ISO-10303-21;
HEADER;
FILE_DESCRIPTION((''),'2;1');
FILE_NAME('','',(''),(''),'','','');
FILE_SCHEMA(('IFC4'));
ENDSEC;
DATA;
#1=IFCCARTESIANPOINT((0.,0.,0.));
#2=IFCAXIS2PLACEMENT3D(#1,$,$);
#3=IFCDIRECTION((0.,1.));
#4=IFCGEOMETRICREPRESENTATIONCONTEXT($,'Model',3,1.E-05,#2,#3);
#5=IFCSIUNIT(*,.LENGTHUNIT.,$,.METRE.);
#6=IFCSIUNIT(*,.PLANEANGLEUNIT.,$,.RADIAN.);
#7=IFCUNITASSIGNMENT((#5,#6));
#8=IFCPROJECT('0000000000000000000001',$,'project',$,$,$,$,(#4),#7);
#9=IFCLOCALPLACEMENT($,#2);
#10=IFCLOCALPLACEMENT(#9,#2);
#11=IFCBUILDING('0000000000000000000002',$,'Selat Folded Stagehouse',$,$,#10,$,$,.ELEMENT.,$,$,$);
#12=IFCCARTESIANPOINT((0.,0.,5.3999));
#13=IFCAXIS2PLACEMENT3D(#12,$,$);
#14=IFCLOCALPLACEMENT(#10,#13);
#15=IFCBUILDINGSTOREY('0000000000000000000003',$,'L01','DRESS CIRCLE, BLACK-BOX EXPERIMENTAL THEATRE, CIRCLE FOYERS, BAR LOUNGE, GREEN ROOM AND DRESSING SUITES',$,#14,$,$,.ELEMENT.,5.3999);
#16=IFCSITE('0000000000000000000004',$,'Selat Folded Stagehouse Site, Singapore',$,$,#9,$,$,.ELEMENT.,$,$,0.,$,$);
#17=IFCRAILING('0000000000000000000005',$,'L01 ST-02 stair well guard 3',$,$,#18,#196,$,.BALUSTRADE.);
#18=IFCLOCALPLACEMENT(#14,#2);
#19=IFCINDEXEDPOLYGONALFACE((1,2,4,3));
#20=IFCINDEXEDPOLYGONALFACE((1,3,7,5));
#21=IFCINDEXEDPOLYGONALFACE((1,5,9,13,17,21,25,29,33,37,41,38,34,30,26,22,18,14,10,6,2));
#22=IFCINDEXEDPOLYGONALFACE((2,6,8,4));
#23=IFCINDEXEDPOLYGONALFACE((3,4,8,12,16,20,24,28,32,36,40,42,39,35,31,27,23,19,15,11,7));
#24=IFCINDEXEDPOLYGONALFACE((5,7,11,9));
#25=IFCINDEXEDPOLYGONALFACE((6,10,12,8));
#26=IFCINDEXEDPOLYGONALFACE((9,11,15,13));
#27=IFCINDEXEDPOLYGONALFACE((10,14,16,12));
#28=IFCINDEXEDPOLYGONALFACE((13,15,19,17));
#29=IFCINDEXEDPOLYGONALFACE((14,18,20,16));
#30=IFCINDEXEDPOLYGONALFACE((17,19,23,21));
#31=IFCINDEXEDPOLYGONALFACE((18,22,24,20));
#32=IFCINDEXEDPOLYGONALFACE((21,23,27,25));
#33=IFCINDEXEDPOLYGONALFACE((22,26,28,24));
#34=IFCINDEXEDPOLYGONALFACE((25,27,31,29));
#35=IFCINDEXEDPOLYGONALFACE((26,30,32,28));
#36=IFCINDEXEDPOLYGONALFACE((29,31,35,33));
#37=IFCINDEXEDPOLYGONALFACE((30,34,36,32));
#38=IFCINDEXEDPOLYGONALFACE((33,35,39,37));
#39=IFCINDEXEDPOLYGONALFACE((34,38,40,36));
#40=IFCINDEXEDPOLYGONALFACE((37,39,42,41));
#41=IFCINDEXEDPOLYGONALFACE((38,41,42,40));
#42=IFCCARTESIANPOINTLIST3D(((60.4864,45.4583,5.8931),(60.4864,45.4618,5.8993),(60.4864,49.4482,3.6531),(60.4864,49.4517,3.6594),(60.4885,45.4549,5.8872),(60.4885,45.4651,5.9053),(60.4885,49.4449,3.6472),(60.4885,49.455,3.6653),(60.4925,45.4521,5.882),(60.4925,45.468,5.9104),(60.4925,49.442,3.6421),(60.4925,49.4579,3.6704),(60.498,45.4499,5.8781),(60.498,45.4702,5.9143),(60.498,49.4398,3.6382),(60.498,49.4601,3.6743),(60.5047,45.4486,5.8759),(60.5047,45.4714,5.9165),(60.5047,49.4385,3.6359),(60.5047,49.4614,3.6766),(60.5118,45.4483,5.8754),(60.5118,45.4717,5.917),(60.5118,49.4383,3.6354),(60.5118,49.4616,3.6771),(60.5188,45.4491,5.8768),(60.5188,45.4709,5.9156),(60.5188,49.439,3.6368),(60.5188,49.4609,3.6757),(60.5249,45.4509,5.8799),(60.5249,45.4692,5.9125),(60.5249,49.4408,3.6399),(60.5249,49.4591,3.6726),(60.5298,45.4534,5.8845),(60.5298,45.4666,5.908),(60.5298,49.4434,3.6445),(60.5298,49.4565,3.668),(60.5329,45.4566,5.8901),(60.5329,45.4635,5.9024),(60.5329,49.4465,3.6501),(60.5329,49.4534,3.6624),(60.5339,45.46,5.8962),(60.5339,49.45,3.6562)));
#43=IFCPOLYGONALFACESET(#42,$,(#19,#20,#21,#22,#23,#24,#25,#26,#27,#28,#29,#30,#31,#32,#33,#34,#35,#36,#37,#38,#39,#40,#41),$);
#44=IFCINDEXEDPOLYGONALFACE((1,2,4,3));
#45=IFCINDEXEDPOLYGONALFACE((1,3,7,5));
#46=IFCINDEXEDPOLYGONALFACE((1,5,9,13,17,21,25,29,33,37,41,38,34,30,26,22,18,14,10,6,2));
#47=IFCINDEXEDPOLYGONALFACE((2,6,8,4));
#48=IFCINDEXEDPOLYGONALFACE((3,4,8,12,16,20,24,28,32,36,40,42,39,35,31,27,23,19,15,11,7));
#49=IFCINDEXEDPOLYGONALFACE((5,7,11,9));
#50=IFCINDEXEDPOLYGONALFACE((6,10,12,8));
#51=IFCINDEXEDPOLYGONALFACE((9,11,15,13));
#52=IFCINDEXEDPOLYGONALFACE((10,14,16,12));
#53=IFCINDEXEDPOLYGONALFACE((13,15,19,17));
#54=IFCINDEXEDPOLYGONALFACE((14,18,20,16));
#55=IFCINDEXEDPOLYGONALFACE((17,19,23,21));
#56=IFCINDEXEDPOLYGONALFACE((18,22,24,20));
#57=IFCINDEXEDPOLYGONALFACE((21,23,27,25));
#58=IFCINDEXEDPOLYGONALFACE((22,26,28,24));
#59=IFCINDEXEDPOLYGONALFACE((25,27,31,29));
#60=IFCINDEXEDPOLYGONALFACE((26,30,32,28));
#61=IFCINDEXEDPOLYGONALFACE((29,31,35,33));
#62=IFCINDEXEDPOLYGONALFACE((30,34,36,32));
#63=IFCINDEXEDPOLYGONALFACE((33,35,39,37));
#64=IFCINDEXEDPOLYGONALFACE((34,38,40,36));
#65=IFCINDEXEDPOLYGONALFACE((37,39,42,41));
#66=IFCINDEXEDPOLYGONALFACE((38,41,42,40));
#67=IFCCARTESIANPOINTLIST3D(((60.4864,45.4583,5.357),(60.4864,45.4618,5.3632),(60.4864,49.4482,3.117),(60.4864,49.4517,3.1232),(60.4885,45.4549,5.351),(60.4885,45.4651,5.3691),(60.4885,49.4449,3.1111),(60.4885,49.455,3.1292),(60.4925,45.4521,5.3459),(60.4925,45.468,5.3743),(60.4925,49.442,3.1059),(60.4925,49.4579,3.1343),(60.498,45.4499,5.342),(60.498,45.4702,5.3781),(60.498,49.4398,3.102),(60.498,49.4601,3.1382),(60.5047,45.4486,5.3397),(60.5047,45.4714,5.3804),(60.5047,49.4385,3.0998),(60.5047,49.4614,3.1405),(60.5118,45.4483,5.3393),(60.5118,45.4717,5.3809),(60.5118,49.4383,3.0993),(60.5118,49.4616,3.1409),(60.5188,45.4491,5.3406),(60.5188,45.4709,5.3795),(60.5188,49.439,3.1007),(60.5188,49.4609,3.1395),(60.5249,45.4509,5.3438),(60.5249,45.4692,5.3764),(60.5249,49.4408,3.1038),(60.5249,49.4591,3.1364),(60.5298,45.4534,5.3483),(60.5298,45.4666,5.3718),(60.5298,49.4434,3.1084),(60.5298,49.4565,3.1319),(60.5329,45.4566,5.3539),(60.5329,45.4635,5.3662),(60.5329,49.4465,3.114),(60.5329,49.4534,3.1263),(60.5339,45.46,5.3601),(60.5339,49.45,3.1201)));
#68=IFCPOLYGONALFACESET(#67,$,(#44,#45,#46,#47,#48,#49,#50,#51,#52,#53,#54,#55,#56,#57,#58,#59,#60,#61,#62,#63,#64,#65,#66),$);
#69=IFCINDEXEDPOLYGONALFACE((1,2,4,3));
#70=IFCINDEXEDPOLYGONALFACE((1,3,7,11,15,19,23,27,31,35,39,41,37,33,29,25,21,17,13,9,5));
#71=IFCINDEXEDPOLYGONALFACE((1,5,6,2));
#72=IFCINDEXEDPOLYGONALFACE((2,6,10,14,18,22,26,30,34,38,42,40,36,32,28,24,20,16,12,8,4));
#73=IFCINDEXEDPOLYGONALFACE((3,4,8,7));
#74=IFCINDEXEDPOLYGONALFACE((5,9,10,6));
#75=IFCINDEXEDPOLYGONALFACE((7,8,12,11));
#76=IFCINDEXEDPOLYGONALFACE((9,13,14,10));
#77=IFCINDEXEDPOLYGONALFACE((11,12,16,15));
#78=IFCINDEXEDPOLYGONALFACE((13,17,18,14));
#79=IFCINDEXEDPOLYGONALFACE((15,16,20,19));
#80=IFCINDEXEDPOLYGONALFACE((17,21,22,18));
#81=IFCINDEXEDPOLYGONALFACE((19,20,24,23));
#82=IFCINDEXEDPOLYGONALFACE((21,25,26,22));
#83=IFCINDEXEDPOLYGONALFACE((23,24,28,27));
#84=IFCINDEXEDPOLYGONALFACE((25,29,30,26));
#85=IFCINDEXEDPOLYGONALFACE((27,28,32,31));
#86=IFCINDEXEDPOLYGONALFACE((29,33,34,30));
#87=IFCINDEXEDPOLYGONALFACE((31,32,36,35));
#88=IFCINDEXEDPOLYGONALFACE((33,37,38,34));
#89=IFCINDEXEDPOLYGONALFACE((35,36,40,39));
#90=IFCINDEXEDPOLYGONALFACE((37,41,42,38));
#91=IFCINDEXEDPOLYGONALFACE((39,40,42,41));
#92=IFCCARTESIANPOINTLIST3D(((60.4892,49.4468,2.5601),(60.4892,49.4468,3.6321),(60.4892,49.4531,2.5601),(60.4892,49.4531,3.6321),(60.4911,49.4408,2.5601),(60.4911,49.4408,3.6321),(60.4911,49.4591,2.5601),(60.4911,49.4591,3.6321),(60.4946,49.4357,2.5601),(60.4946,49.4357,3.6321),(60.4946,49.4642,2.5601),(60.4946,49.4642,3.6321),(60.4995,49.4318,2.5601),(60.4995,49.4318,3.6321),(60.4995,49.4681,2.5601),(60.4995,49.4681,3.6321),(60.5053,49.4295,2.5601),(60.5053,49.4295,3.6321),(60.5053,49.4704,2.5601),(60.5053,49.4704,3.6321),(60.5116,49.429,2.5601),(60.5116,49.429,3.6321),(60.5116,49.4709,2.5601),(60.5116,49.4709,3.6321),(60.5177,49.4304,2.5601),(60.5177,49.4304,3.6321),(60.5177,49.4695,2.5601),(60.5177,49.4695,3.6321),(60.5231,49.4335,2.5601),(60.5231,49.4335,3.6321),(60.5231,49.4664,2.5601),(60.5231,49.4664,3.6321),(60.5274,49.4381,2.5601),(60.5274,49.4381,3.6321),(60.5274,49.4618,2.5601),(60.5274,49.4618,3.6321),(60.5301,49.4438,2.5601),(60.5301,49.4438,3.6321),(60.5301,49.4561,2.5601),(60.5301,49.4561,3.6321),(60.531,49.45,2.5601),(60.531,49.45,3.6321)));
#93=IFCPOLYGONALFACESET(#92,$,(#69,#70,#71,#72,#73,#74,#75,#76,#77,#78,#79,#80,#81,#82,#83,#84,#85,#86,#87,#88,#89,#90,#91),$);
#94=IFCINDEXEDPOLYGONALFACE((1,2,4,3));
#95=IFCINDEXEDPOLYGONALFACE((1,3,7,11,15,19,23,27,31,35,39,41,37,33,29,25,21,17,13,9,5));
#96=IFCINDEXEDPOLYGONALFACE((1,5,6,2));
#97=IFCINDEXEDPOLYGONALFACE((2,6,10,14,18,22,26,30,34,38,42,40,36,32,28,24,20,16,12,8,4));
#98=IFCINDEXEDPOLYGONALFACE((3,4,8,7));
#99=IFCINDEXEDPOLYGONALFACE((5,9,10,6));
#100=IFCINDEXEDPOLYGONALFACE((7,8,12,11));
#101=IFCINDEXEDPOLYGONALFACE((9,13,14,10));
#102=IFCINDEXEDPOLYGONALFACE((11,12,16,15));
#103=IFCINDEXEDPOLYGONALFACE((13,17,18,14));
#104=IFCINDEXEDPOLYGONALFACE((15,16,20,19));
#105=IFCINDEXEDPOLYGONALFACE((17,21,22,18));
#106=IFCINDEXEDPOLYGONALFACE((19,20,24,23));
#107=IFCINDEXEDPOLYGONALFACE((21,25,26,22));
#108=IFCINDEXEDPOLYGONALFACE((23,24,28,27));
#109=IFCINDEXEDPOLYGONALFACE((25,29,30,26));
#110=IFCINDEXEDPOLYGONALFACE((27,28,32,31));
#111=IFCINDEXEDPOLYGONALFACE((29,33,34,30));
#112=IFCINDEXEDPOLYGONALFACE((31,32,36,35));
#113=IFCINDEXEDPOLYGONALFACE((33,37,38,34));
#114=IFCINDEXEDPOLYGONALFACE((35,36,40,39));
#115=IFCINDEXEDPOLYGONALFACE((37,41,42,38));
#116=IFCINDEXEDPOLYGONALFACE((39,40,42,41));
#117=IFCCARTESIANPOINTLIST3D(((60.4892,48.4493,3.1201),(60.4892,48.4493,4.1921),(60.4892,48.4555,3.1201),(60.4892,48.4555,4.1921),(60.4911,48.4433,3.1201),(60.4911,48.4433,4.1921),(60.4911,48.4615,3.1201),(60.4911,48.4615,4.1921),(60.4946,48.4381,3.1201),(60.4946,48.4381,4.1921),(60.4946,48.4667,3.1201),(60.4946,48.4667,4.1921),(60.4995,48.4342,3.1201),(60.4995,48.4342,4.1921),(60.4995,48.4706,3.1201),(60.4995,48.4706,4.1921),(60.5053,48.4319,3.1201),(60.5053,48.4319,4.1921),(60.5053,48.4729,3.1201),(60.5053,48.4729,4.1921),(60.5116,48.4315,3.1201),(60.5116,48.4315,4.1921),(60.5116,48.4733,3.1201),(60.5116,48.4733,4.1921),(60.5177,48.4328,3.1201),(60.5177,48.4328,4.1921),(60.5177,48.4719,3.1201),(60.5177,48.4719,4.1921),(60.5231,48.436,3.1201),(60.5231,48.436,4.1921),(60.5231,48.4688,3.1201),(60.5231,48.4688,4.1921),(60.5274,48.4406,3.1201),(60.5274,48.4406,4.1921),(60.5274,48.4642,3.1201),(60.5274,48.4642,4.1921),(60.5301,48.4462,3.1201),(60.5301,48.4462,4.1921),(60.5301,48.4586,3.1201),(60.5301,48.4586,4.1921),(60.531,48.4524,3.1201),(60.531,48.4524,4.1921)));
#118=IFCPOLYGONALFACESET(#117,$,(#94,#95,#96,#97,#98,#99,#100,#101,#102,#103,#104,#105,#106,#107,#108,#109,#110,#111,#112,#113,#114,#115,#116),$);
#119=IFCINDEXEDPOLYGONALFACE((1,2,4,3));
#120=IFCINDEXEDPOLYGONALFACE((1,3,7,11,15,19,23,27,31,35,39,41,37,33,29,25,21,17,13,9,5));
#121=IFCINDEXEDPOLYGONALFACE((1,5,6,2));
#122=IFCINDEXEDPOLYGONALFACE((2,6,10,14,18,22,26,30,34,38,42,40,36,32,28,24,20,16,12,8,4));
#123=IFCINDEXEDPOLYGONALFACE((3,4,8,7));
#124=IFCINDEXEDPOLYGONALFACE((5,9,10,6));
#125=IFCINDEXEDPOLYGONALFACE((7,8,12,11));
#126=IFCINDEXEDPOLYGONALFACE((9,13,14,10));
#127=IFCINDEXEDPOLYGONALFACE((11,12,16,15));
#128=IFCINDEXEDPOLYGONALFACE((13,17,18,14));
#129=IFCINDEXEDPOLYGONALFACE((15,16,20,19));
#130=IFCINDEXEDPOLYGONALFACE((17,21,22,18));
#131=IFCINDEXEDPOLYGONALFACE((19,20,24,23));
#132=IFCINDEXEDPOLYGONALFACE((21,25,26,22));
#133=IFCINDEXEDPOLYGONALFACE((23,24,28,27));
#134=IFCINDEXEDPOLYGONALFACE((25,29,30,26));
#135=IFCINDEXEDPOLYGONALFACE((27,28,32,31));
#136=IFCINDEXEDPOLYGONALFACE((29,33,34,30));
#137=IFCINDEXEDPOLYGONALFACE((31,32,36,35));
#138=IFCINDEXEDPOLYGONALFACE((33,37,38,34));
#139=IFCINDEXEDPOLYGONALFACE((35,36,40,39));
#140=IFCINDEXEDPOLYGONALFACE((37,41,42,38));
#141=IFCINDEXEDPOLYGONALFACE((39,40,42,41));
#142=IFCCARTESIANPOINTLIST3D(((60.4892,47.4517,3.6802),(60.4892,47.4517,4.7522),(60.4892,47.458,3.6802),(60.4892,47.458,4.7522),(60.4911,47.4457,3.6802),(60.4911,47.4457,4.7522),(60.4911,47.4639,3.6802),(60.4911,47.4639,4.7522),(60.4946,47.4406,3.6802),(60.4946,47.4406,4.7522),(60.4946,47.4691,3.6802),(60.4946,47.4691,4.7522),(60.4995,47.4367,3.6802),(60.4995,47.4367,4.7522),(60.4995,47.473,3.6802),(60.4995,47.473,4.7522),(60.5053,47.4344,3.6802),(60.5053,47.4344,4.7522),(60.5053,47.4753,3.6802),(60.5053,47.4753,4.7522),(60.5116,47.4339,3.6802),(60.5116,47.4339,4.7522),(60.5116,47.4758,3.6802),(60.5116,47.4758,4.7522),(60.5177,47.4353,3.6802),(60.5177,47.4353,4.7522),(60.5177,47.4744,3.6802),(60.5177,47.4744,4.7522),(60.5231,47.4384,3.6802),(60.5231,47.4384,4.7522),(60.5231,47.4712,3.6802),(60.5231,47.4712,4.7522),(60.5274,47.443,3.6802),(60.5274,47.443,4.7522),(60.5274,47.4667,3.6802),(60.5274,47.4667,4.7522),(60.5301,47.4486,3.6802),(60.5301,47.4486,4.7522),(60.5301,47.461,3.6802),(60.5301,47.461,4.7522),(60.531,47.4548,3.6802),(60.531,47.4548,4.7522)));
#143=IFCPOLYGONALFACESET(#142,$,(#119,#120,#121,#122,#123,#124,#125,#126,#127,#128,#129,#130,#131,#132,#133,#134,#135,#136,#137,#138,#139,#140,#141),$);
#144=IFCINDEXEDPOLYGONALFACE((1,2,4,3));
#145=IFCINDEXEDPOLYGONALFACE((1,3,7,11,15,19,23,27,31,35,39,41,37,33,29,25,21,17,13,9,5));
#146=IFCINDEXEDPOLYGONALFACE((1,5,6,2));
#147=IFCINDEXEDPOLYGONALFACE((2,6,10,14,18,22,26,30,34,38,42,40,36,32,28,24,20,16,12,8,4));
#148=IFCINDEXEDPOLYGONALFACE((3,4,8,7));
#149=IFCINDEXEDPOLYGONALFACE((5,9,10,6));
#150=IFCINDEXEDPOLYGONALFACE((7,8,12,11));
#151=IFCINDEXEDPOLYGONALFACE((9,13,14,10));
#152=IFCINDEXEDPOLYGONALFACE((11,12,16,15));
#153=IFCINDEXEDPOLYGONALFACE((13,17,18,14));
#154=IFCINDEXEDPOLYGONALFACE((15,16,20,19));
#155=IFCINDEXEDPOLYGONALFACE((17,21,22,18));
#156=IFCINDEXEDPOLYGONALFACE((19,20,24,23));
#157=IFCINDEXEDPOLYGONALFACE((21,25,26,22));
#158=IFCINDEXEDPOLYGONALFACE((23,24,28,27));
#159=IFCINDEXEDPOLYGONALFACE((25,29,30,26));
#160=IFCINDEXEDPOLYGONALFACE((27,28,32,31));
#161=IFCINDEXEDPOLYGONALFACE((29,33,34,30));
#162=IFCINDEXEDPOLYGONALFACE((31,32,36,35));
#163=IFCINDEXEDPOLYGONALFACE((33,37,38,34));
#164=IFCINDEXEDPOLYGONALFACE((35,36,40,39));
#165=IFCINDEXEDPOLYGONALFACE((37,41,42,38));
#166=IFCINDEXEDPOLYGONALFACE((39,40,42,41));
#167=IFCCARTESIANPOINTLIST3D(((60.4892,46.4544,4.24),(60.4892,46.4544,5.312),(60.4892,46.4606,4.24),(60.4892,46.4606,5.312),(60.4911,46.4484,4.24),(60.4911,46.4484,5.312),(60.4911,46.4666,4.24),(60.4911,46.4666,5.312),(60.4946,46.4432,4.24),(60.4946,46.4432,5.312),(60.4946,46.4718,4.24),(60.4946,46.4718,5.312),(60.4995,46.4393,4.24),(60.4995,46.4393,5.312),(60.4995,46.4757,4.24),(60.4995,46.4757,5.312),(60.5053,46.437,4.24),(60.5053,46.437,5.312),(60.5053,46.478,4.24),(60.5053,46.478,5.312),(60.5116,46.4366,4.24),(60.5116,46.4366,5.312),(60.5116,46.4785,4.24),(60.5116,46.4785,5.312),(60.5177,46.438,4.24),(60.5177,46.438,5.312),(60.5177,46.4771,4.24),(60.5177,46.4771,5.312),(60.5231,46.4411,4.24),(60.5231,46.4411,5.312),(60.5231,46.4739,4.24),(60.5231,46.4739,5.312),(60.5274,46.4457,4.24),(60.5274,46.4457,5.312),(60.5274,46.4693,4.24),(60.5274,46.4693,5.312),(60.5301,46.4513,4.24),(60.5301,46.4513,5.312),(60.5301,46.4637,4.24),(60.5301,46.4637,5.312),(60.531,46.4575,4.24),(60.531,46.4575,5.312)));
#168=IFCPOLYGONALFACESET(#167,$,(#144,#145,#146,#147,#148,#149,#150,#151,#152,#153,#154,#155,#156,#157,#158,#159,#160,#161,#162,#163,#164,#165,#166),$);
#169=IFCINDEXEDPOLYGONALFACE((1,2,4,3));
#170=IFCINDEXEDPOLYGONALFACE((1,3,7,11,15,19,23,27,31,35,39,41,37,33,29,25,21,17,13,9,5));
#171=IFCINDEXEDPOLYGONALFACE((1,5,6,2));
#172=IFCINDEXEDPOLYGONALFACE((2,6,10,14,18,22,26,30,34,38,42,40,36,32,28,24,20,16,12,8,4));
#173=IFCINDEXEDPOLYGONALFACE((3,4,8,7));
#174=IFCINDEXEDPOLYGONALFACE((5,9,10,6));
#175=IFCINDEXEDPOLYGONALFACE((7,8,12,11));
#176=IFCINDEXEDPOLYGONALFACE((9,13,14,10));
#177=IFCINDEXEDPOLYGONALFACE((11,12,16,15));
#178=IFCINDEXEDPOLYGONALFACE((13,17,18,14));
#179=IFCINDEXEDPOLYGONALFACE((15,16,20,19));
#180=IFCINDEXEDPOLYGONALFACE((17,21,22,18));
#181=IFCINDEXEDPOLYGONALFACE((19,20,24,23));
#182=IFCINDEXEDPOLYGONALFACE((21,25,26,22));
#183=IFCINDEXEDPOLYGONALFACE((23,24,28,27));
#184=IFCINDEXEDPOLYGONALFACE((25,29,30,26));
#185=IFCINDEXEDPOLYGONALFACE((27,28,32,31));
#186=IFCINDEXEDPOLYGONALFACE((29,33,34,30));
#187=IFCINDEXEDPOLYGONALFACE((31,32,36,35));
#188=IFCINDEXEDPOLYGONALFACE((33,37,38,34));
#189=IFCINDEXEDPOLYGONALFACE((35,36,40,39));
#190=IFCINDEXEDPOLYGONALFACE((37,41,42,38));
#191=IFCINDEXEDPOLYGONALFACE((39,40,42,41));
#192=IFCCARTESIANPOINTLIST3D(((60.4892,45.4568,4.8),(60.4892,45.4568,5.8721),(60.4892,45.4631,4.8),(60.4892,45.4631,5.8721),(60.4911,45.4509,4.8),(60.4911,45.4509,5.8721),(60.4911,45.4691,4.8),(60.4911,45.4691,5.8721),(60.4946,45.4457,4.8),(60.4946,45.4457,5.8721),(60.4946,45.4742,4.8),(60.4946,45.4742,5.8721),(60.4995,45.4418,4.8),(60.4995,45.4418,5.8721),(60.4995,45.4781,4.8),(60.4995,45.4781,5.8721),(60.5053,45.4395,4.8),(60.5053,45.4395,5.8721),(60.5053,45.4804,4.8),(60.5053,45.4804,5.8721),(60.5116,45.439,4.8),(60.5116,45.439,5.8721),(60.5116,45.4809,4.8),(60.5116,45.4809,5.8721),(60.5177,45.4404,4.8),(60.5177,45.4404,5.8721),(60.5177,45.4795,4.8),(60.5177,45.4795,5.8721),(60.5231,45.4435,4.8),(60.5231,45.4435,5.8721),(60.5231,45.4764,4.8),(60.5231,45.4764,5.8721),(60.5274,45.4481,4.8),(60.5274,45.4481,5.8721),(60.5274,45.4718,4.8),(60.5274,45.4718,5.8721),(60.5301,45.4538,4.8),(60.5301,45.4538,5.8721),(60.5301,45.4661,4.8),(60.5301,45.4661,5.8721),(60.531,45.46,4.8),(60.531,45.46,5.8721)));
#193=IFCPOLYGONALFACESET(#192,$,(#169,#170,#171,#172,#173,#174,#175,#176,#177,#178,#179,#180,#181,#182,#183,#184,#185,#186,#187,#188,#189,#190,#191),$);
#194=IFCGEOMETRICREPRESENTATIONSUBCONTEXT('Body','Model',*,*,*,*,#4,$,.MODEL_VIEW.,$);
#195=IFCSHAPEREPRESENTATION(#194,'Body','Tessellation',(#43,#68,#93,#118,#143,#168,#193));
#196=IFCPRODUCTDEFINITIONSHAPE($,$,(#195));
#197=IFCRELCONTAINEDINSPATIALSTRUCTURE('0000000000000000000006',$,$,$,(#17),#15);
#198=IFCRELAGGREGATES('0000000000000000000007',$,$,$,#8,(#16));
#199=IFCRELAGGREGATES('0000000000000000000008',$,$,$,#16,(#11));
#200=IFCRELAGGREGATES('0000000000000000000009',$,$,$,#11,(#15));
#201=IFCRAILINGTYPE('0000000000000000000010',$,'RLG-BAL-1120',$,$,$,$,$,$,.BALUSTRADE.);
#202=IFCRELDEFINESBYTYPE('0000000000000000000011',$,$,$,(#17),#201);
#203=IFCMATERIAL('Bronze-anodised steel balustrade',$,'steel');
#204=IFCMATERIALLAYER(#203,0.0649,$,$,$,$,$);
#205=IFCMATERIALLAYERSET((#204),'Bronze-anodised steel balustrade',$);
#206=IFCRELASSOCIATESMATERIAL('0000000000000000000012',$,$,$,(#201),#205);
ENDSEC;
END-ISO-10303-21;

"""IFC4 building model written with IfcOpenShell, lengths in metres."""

from ifc_helpers import new_model, si_unit, direction, frame, origin, origin_2d, place, context, subcontext, project, spatial, circle, extrude, material, layer, layer_set, type_object, element, save


model = new_model("IFC4")

# Units and contexts
model_context = context("Model", 3, precision=1e-05, world=origin(), true_north=direction((0.0, 1.0)))
body_context = subcontext(model_context, "Body", "Model", "MODEL_VIEW")
ifc_project = project(units=[si_unit("LENGTHUNIT", "METRE"), si_unit("PLANEANGLEUNIT", "RADIAN")], contexts=[model_context])

# Site, building, storey
site_placement = place(None, origin())
site = spatial("IfcSite", under=ifc_project, at=site_placement, Name="Selat Folded Stagehouse Site, Singapore", CompositionType="ELEMENT", RefElevation=0.0)
building_placement = place(site_placement, origin())
building = spatial("IfcBuilding", under=site, at=building_placement, Name="Selat Folded Stagehouse", CompositionType="ELEMENT")
storey_placement = place(building_placement, frame((0.0, 0.0, 5.3999)))
storey = spatial("IfcBuildingStorey", under=building, at=storey_placement, Name="L01", Description="DRESS CIRCLE, BLACK-BOX EXPERIMENTAL THEATRE, CIRCLE FOYERS, BAR LOUNGE, GREEN ROOM AND DRESSING SUITES", CompositionType="ELEMENT", Elevation=5.3999)

# Railing
ifc_material_1 = material(Name="Bronze-anodised steel balustrade", Category="steel")
ifc_layer_1 = layer(ifc_material_1, 0.0649)
ifc_layer_set_1 = layer_set([ifc_layer_1], Name="Bronze-anodised steel balustrade")
railing_type = type_object("IfcRailingType", Name="RLG-BAL-1120", PredefinedType="BALUSTRADE", material=ifc_layer_set_1)
railing_1_placement = place(storey_placement, frame((60.51, 49.45, 2.5601)))
element("IfcRailing", 1, at=railing_1_placement, inside=storey, type_object=railing_type, Name="L01 ST-02 stair well guard 3", PredefinedType="BALUSTRADE", context=body_context, shape_type="SweptSolid", body=[
    extrude(circle(Radius=0.0239, at=origin_2d()), frame((0.0, 0.0, 1.0962), z_axis=(0.0, -0.871984, 0.489534), x_axis=(1.0, 0.0, 0.0)), (0.0, 0.0, 1.0), 4.5757),
    extrude(circle(Radius=0.0239, at=origin_2d()), frame((0.0, 0.0, 0.5601), z_axis=(0.0, -0.871984, 0.489534), x_axis=(1.0, 0.0, 0.0)), (0.0, 0.0, 1.0), 4.5757),
    extrude(circle(Radius=0.021, at=origin_2d()), origin(), (0.0, 0.0, 1.0), 1.072),
    extrude(circle(Radius=0.021, at=origin_2d()), frame((0.0, -0.9976, 0.5601)), (0.0, 0.0, 1.0), 1.072),
    extrude(circle(Radius=0.021, at=origin_2d()), frame((0.0, -1.9951, 1.1201)), (0.0, 0.0, 1.0), 1.072),
    extrude(circle(Radius=0.021, at=origin_2d()), frame((0.0, -2.9924, 1.6799)), (0.0, 0.0, 1.0), 1.072),
    extrude(circle(Radius=0.021, at=origin_2d()), frame((0.0, -3.99, 2.24)), (0.0, 0.0, 1.0), 1.072),
])

save(model, "model.ifc")
